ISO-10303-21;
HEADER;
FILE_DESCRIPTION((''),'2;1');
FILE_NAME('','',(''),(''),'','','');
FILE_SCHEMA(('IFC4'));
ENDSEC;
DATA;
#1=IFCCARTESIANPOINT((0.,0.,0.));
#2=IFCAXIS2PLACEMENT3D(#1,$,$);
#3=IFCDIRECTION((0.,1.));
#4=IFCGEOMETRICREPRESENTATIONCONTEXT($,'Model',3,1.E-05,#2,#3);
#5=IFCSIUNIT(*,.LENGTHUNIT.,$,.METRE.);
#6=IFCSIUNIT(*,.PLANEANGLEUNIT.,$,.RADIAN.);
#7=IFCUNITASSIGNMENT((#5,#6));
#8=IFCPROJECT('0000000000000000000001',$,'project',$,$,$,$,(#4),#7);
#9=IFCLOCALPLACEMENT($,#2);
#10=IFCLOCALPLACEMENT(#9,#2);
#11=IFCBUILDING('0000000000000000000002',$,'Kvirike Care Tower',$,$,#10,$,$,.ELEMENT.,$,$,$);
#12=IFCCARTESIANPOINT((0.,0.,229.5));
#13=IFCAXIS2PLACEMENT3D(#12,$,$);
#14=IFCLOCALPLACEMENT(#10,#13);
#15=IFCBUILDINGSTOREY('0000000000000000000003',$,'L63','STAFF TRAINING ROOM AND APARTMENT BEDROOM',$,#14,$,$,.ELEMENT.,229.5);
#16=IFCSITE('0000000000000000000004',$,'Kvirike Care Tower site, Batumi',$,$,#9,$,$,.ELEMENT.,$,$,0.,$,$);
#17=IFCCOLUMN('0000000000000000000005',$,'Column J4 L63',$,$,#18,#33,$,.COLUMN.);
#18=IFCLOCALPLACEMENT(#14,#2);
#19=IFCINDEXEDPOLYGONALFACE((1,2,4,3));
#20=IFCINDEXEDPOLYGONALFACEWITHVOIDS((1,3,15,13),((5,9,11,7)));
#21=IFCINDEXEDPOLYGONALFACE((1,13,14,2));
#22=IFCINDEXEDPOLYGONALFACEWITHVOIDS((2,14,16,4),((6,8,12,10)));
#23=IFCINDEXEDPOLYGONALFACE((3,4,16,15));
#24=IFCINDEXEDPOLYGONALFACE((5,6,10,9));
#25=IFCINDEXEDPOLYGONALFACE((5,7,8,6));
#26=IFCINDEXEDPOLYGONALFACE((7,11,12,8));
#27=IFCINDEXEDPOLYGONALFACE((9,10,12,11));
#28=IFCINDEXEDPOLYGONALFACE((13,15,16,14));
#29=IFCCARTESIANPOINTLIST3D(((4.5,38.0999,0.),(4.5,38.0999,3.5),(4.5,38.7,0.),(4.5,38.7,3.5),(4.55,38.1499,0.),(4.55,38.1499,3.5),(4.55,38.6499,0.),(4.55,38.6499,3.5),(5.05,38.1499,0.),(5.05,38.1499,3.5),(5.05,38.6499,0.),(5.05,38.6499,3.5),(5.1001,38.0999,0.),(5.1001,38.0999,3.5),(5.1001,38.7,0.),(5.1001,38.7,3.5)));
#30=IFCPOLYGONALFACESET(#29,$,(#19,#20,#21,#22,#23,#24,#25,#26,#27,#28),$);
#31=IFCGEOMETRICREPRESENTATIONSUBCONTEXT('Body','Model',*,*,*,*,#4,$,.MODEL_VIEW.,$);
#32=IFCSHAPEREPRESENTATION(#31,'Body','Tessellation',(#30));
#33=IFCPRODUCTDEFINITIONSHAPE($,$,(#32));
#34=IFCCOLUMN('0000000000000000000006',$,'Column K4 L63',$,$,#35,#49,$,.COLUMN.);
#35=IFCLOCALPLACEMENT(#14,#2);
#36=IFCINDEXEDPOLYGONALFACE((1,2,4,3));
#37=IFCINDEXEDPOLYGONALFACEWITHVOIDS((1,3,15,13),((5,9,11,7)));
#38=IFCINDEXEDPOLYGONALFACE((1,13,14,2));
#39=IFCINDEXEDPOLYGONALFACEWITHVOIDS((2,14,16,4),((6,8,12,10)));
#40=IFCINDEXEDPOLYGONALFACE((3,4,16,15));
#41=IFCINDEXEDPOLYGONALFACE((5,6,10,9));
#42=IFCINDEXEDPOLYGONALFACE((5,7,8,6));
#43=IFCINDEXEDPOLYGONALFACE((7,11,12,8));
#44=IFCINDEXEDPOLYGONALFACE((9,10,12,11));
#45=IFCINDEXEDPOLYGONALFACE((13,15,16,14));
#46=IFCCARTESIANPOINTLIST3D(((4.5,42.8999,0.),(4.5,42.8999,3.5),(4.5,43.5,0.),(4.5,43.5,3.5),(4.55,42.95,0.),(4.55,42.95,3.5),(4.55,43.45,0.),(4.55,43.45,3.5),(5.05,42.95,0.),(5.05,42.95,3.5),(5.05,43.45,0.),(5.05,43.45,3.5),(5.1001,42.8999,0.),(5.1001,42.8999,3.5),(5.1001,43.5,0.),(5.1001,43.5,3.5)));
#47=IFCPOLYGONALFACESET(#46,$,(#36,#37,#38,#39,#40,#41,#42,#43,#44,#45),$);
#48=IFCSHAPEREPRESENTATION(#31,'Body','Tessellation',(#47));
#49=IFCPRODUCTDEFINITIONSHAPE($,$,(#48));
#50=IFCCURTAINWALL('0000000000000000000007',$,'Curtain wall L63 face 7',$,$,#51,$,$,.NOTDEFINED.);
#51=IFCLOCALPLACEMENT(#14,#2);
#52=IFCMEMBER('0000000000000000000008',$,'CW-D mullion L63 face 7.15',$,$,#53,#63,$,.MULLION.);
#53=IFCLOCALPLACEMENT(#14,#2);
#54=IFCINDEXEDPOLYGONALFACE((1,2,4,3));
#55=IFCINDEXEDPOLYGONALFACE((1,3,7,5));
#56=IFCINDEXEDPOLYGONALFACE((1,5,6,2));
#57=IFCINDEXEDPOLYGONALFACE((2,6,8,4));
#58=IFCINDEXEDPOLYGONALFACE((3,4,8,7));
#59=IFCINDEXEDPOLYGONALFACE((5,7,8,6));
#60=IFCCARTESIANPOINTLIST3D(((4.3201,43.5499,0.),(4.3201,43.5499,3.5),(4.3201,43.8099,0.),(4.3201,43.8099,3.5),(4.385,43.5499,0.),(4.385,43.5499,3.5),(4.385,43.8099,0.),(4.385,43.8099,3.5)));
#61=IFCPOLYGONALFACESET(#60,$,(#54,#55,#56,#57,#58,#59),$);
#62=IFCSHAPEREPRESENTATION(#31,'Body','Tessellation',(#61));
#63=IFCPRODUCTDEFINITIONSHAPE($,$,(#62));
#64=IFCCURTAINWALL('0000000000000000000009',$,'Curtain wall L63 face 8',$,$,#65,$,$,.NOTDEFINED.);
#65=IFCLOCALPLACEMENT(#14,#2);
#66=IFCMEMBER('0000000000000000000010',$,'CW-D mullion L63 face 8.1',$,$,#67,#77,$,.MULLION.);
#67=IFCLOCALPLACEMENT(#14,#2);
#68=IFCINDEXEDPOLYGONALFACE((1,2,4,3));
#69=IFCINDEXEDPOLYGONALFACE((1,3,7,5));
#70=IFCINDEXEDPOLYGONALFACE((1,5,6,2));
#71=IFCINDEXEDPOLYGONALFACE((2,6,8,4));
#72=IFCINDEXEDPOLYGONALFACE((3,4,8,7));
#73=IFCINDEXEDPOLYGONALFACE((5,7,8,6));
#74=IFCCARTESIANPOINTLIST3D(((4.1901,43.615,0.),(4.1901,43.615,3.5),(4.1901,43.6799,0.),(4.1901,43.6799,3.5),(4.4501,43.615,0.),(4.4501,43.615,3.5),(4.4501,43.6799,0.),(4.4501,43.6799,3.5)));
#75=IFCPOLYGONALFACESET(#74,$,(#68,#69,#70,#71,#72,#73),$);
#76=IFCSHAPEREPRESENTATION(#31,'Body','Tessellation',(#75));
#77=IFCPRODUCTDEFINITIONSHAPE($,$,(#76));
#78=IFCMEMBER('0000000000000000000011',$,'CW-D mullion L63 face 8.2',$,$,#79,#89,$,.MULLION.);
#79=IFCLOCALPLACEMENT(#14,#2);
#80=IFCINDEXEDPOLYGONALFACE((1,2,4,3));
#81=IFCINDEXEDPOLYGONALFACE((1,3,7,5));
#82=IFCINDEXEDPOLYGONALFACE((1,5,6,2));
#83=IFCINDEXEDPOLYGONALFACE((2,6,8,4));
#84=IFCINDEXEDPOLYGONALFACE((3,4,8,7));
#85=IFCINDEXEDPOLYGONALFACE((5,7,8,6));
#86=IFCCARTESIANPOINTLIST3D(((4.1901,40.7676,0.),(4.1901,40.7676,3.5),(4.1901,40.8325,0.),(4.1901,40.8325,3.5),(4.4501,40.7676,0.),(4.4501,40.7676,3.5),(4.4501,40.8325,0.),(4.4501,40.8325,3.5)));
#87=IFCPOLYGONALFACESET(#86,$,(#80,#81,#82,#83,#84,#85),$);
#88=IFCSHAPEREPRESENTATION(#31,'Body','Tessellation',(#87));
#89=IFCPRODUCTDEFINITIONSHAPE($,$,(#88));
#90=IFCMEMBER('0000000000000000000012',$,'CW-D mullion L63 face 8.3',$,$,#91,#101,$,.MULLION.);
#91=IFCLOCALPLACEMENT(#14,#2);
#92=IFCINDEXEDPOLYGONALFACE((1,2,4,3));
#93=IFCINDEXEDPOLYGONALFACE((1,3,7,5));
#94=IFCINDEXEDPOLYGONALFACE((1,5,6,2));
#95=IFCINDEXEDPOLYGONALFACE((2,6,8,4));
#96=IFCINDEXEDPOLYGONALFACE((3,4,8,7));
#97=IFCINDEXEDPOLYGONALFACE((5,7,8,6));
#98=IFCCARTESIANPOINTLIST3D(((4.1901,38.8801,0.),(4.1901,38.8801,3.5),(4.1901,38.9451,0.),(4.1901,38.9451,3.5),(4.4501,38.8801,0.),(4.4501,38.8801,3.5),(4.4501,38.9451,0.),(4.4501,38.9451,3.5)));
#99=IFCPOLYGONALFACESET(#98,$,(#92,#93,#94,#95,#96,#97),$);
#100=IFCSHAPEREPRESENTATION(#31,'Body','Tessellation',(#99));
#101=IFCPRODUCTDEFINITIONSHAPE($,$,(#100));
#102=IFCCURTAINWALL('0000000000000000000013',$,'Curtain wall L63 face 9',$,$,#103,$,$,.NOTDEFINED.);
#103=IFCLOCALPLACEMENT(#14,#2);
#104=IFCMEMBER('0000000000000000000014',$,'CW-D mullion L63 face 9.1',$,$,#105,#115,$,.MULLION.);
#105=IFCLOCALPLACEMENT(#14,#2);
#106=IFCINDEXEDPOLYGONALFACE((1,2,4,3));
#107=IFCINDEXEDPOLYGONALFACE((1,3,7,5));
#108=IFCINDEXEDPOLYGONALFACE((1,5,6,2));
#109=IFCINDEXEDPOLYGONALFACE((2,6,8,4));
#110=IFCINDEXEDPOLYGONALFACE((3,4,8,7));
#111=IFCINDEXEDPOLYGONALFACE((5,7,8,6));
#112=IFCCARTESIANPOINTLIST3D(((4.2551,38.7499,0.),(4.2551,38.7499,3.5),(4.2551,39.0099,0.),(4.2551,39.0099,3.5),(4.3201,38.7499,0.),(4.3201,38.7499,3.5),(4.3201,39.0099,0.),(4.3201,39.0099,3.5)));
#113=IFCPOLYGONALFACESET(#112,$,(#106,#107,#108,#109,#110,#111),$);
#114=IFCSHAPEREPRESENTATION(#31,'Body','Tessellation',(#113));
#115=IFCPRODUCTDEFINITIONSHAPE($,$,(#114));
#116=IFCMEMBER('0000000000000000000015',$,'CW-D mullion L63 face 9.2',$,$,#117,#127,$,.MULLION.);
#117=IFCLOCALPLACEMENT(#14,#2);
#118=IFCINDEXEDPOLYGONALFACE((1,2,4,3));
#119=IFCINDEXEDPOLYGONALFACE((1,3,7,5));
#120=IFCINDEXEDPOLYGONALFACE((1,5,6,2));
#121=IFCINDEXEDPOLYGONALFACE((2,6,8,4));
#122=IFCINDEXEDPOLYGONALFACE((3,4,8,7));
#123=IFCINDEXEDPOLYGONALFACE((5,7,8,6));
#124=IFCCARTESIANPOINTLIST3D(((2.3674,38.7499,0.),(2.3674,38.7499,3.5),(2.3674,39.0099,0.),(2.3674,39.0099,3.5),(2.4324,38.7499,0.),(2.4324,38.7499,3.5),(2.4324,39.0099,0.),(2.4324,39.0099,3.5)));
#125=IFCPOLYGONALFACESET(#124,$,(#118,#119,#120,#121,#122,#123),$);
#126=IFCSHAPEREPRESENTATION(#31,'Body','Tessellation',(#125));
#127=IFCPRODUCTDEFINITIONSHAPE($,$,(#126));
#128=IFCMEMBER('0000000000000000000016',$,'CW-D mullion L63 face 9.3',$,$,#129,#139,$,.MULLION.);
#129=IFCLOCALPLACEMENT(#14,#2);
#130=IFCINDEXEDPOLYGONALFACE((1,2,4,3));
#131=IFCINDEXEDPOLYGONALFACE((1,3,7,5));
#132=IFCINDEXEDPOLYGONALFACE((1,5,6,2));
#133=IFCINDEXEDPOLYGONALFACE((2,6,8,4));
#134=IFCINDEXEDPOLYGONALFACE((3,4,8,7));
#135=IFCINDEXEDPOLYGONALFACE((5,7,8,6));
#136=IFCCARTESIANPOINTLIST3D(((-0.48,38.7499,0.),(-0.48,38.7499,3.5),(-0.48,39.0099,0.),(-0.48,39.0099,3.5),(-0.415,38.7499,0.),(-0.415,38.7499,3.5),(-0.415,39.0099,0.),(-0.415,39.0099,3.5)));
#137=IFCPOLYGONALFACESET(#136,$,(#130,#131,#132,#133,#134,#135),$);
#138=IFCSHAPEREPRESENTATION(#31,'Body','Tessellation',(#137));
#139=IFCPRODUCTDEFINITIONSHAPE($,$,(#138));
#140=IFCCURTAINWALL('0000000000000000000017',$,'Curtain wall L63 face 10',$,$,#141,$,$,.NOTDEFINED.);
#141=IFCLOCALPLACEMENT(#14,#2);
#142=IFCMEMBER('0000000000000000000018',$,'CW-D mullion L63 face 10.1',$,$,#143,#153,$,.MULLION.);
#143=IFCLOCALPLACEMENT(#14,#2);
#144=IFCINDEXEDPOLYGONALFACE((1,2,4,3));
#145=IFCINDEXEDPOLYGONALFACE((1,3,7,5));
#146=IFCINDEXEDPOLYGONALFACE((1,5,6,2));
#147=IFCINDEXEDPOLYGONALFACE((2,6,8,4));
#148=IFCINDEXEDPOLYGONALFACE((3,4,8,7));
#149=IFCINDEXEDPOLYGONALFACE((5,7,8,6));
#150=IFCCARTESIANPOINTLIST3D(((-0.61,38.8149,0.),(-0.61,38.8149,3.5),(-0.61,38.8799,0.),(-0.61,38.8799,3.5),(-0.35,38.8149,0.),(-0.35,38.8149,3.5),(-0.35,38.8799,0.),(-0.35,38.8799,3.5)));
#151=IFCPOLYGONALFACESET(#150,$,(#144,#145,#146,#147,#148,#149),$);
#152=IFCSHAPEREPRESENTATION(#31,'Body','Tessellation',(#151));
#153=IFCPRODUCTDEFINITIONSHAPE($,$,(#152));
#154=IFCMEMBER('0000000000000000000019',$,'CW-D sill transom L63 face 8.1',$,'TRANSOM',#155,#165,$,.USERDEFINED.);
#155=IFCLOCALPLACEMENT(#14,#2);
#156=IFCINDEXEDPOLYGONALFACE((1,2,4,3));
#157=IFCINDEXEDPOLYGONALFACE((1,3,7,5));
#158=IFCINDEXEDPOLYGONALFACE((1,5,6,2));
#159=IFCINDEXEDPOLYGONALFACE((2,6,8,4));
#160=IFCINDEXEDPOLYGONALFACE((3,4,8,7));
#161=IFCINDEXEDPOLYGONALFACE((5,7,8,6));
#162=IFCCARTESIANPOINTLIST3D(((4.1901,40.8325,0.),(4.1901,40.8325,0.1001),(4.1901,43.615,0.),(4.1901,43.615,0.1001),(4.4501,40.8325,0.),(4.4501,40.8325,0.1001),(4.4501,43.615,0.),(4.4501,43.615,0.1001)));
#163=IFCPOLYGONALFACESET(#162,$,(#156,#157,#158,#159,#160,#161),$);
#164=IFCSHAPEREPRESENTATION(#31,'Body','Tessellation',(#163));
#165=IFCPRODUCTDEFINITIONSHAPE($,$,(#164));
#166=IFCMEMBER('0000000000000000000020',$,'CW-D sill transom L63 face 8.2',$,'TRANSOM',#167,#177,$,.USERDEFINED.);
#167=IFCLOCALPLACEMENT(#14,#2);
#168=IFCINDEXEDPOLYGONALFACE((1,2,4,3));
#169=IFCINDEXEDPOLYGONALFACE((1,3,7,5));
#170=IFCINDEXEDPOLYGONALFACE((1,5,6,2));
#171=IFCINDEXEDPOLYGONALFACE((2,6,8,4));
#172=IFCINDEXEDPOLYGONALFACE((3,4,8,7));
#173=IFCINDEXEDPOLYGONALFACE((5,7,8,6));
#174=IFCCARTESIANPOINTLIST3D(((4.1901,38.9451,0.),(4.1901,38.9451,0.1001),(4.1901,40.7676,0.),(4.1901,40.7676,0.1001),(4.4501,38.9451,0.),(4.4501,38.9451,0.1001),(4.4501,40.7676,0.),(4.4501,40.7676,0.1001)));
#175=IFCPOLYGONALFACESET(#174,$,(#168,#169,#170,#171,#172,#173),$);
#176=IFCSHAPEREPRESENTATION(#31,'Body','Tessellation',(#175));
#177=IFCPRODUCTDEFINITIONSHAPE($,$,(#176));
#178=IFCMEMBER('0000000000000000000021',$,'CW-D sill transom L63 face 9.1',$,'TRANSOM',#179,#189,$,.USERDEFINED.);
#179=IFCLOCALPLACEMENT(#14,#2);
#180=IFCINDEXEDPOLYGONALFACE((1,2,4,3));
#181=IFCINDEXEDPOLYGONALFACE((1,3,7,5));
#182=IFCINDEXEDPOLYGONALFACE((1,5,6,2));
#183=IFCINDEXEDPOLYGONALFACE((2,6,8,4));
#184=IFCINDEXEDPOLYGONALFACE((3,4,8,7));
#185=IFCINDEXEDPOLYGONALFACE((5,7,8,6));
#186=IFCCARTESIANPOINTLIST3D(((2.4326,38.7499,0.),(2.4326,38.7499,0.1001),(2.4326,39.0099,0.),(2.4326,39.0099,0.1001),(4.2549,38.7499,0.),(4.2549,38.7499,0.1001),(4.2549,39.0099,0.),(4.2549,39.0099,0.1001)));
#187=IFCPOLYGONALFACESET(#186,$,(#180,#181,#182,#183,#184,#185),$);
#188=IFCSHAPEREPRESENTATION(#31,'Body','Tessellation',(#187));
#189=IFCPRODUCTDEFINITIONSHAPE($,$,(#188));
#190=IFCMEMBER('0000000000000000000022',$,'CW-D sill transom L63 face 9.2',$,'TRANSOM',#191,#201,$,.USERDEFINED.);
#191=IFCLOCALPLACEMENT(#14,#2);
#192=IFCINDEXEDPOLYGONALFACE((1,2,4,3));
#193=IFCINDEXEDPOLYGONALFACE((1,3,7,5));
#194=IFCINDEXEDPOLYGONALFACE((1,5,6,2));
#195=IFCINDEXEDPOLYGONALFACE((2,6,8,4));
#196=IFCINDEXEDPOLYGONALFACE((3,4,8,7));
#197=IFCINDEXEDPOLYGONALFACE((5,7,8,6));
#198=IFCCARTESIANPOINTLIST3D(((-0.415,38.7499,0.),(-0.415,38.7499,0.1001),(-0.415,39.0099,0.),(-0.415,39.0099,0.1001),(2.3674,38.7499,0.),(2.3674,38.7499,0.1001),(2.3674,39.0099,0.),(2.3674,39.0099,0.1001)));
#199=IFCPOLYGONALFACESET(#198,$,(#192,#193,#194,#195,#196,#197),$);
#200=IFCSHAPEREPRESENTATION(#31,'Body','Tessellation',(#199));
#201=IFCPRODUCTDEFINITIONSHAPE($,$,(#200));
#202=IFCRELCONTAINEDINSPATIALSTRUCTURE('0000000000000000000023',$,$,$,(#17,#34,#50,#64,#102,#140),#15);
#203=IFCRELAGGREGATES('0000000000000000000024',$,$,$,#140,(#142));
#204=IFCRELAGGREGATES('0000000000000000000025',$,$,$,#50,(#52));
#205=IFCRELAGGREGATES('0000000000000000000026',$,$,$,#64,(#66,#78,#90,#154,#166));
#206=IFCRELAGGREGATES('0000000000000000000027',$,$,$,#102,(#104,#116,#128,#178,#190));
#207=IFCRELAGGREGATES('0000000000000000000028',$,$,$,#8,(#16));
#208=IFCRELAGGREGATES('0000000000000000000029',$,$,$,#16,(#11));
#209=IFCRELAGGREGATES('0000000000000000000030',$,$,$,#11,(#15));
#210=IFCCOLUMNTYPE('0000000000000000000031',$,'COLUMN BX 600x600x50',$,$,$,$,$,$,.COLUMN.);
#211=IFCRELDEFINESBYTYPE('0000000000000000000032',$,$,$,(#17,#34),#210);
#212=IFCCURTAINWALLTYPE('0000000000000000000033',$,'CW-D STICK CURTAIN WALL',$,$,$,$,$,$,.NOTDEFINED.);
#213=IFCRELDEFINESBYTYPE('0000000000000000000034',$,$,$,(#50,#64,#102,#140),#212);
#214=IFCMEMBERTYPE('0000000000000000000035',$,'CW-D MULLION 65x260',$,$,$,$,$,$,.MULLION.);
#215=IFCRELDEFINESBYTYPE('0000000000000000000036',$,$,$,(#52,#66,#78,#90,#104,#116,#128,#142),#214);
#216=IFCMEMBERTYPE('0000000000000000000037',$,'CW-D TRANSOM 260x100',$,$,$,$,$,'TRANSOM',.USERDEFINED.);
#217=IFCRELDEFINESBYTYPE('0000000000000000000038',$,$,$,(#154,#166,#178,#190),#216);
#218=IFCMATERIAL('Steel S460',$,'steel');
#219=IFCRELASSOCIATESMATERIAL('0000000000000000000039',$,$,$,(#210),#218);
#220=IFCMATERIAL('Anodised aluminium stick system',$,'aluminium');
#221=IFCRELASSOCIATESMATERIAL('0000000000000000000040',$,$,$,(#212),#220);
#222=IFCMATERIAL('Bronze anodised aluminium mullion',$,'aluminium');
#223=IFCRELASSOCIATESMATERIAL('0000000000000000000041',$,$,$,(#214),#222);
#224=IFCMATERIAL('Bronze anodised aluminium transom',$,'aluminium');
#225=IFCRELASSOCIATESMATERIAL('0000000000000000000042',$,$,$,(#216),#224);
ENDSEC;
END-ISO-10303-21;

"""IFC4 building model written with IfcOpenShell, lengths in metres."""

from ifc_helpers import new_model, si_unit, direction, frame, origin, origin_2d, place, context, subcontext, project, spatial, rectangle, hollow_rectangle, extrude, material, material_profile, profile_set, type_object, element, aggregate, save


model = new_model("IFC4")

# Units and contexts
model_context = context("Model", 3, precision=1e-05, world=origin(), true_north=direction((0.0, 1.0)))
body_context = subcontext(model_context, "Body", "Model", "MODEL_VIEW")
ifc_project = project(units=[si_unit("LENGTHUNIT", "METRE"), si_unit("PLANEANGLEUNIT", "RADIAN")], contexts=[model_context])

# Site, building, storey
site_placement = place(None, origin())
site = spatial("IfcSite", under=ifc_project, at=site_placement, Name="Kvirike Care Tower site, Batumi", CompositionType="ELEMENT", RefElevation=0.0)
building_placement = place(site_placement, origin())
building = spatial("IfcBuilding", under=site, at=building_placement, Name="Kvirike Care Tower", CompositionType="ELEMENT")
storey_placement = place(building_placement, frame((0.0, 0.0, 229.5)))
storey = spatial("IfcBuildingStorey", under=building, at=storey_placement, Name="L63", Description="STAFF TRAINING ROOM AND APARTMENT BEDROOM", CompositionType="ELEMENT", Elevation=229.5)

# Columns
ifc_material_1 = material(Name="Steel S460", Category="steel")
ifc_material_profile_1 = material_profile(ifc_material_1, hollow_rectangle(XDim=0.6001, YDim=0.6001, WallThickness=0.05, at=origin_2d()), Name="BX 600x600x50")
ifc_profile_set_1 = profile_set([ifc_material_profile_1], Name="Steel S460")
column_type = type_object("IfcColumnType", Name="COLUMN BX 600x600x50", PredefinedType="COLUMN", material=ifc_profile_set_1)
for number, where, z_axis, x_axis, name in (
    (1, (4.8, 38.3999, 0.0), (0.0, 0.0, 1.0), (0.0, 1.0, 0.0), "Column J4 L63"),
    (2, (4.8, 43.2, 0.0), (0.0, 0.0, 1.0), (0.0, 1.0, 0.0), "Column K4 L63"),
):
    element("IfcColumn", number, at=place(storey_placement, frame(where, z_axis=z_axis, x_axis=x_axis)), inside=storey, type_object=column_type, Name=name, PredefinedType="COLUMN", context=body_context, shape_type="SweptSolid", body=[
        extrude(hollow_rectangle(XDim=0.6001, YDim=0.6001, WallThickness=0.05, at=origin_2d()), origin(), (0.0, 0.0, 1.0), 3.5),
    ])

# Curtain wall, member
ifc_material_2 = material(Name="Anodised aluminium stick system", Category="aluminium")
curtain_wall_type = type_object("IfcCurtainWallType", Name="CW-D STICK CURTAIN WALL", PredefinedType="NOTDEFINED", material=ifc_material_2)
curtain_wall_1_placement = place(storey_placement, origin())
curtain_wall_1 = element("IfcCurtainWall", 3, at=curtain_wall_1_placement, inside=storey, type_object=curtain_wall_type, Name="Curtain wall L63 face 7", PredefinedType="NOTDEFINED")
ifc_material_3 = material(Name="Bronze anodised aluminium mullion", Category="aluminium")
ifc_material_profile_2 = material_profile(ifc_material_3, rectangle(XDim=0.0649, YDim=0.26, at=origin_2d()), Name="CW-D MULLION 65x260")
ifc_profile_set_2 = profile_set([ifc_material_profile_2], Name="Bronze anodised aluminium mullion")
member_type_1 = type_object("IfcMemberType", Name="CW-D MULLION 65x260", PredefinedType="MULLION", material=ifc_profile_set_2)
member_1_placement = place(storey_placement, frame((4.3525, 43.6799, 0.0), z_axis=(0.0, 0.0, 1.0), x_axis=(-1.0, 0.0, 0.0)))
member_1 = element("IfcMember", 4, at=member_1_placement, type_object=member_type_1, Name="CW-D mullion L63 face 7.15", PredefinedType="MULLION", context=body_context, shape_type="SweptSolid", body=[
    extrude(rectangle(XDim=0.0649, YDim=0.26, at=origin_2d()), origin(), (0.0, 0.0, 1.0), 3.5),
])

# Curtain walls, members
curtain_wall_2_placement = place(storey_placement, origin())
curtain_wall_2 = element("IfcCurtainWall", 5, at=curtain_wall_2_placement, inside=storey, type_object=curtain_wall_type, Name="Curtain wall L63 face 8", PredefinedType="NOTDEFINED")
member_2_placement = place(storey_placement, frame((4.3201, 43.6475, 0.0), z_axis=(0.0, 0.0, 1.0), x_axis=(0.0, -1.0, 0.0)))
member_2 = element("IfcMember", 6, at=member_2_placement, type_object=member_type_1, Name="CW-D mullion L63 face 8.1", PredefinedType="MULLION", context=body_context, shape_type="SweptSolid", body=[
    extrude(rectangle(XDim=0.0649, YDim=0.26, at=origin_2d()), origin(), (0.0, 0.0, 1.0), 3.5),
])
member_3_placement = place(storey_placement, frame((4.3201, 40.8, 0.0), z_axis=(0.0, 0.0, 1.0), x_axis=(0.0, -1.0, 0.0)))
member_3 = element("IfcMember", 7, at=member_3_placement, type_object=member_type_1, Name="CW-D mullion L63 face 8.2", PredefinedType="MULLION", context=body_context, shape_type="SweptSolid", body=[
    extrude(rectangle(XDim=0.0649, YDim=0.26, at=origin_2d()), origin(), (0.0, 0.0, 1.0), 3.5),
])
member_4_placement = place(storey_placement, frame((4.3201, 38.9126, 0.0), z_axis=(0.0, 0.0, 1.0), x_axis=(0.0, -1.0, 0.0)))
member_4 = element("IfcMember", 8, at=member_4_placement, type_object=member_type_1, Name="CW-D mullion L63 face 8.3", PredefinedType="MULLION", context=body_context, shape_type="SweptSolid", body=[
    extrude(rectangle(XDim=0.0649, YDim=0.26, at=origin_2d()), origin(), (0.0, 0.0, 1.0), 3.5),
])
curtain_wall_3_placement = place(storey_placement, origin())
curtain_wall_3 = element("IfcCurtainWall", 9, at=curtain_wall_3_placement, inside=storey, type_object=curtain_wall_type, Name="Curtain wall L63 face 9", PredefinedType="NOTDEFINED")
member_5_placement = place(storey_placement, frame((4.2876, 38.8799, 0.0), z_axis=(0.0, 0.0, 1.0), x_axis=(-1.0, 0.0, 0.0)))
member_5 = element("IfcMember", 10, at=member_5_placement, type_object=member_type_1, Name="CW-D mullion L63 face 9.1", PredefinedType="MULLION", context=body_context, shape_type="SweptSolid", body=[
    extrude(rectangle(XDim=0.0649, YDim=0.26, at=origin_2d()), origin(), (0.0, 0.0, 1.0), 3.5),
])
member_6_placement = place(storey_placement, frame((2.3999, 38.8799, 0.0), z_axis=(0.0, 0.0, 1.0), x_axis=(-1.0, 0.0, 0.0)))
member_6 = element("IfcMember", 11, at=member_6_placement, type_object=member_type_1, Name="CW-D mullion L63 face 9.2", PredefinedType="MULLION", context=body_context, shape_type="SweptSolid", body=[
    extrude(rectangle(XDim=0.0649, YDim=0.26, at=origin_2d()), origin(), (0.0, 0.0, 1.0), 3.5),
])
member_7_placement = place(storey_placement, frame((-0.4475, 38.8799, 0.0), z_axis=(0.0, 0.0, 1.0), x_axis=(-1.0, 0.0, 0.0)))
member_7 = element("IfcMember", 12, at=member_7_placement, type_object=member_type_1, Name="CW-D mullion L63 face 9.3", PredefinedType="MULLION", context=body_context, shape_type="SweptSolid", body=[
    extrude(rectangle(XDim=0.0649, YDim=0.26, at=origin_2d()), origin(), (0.0, 0.0, 1.0), 3.5),
])

# Curtain wall, member
curtain_wall_4_placement = place(storey_placement, origin())
curtain_wall_4 = element("IfcCurtainWall", 13, at=curtain_wall_4_placement, inside=storey, type_object=curtain_wall_type, Name="Curtain wall L63 face 10", PredefinedType="NOTDEFINED")
member_8_placement = place(storey_placement, frame((-0.48, 38.8474, 0.0), z_axis=(0.0, 0.0, 1.0), x_axis=(0.0, -1.0, 0.0)))
member_8 = element("IfcMember", 14, at=member_8_placement, type_object=member_type_1, Name="CW-D mullion L63 face 10.1", PredefinedType="MULLION", context=body_context, shape_type="SweptSolid", body=[
    extrude(rectangle(XDim=0.0649, YDim=0.26, at=origin_2d()), origin(), (0.0, 0.0, 1.0), 3.5),
])

# Members
ifc_material_4 = material(Name="Bronze anodised aluminium transom", Category="aluminium")
ifc_material_profile_3 = material_profile(ifc_material_4, rectangle(XDim=0.26, YDim=0.1001, at=origin_2d()), Name="CW-D TRANSOM 260x100")
ifc_profile_set_3 = profile_set([ifc_material_profile_3], Name="Bronze anodised aluminium transom")
member_type_2 = type_object("IfcMemberType", Name="CW-D TRANSOM 260x100", ElementType="TRANSOM", PredefinedType="USERDEFINED", material=ifc_profile_set_3)
member_9_placement = place(storey_placement, frame((4.3201, 43.615, 0.05), z_axis=(0.0, -1.0, 0.0), x_axis=(1.0, 0.0, 0.0)))
member_9 = element("IfcMember", 15, at=member_9_placement, type_object=member_type_2, Name="CW-D sill transom L63 face 8.1", ObjectType="TRANSOM", PredefinedType="USERDEFINED", context=body_context, shape_type="SweptSolid", body=[
    extrude(rectangle(XDim=0.26, YDim=0.1001, at=origin_2d()), origin(), (0.0, 0.0, 1.0), 2.7825),
])
member_10_placement = place(storey_placement, frame((4.3201, 40.7676, 0.05), z_axis=(0.0, -1.0, 0.0), x_axis=(1.0, 0.0, 0.0)))
member_10 = element("IfcMember", 16, at=member_10_placement, type_object=member_type_2, Name="CW-D sill transom L63 face 8.2", ObjectType="TRANSOM", PredefinedType="USERDEFINED", context=body_context, shape_type="SweptSolid", body=[
    extrude(rectangle(XDim=0.26, YDim=0.1001, at=origin_2d()), origin(), (0.0, 0.0, 1.0), 1.8225),
])
member_11_placement = place(storey_placement, frame((4.2549, 38.8799, 0.05), z_axis=(-1.0, 0.0, 0.0), x_axis=(0.0, -1.0, 0.0)))
member_11 = element("IfcMember", 17, at=member_11_placement, type_object=member_type_2, Name="CW-D sill transom L63 face 9.1", ObjectType="TRANSOM", PredefinedType="USERDEFINED", context=body_context, shape_type="SweptSolid", body=[
    extrude(rectangle(XDim=0.26, YDim=0.1001, at=origin_2d()), origin(), (0.0, 0.0, 1.0), 1.8223),
])
member_12_placement = place(storey_placement, frame((2.3674, 38.8799, 0.05), z_axis=(-1.0, 0.0, 0.0), x_axis=(0.0, -1.0, 0.0)))
member_12 = element("IfcMember", 18, at=member_12_placement, type_object=member_type_2, Name="CW-D sill transom L63 face 9.2", ObjectType="TRANSOM", PredefinedType="USERDEFINED", context=body_context, shape_type="SweptSolid", body=[
    extrude(rectangle(XDim=0.26, YDim=0.1001, at=origin_2d()), origin(), (0.0, 0.0, 1.0), 2.7825),
])
aggregate(curtain_wall_4, [member_8])

aggregate(curtain_wall_1, [member_1])
aggregate(curtain_wall_2, [member_2, member_3, member_4, member_9, member_10])
aggregate(curtain_wall_3, [member_5, member_6, member_7, member_11, member_12])

save(model, "model.ifc")
